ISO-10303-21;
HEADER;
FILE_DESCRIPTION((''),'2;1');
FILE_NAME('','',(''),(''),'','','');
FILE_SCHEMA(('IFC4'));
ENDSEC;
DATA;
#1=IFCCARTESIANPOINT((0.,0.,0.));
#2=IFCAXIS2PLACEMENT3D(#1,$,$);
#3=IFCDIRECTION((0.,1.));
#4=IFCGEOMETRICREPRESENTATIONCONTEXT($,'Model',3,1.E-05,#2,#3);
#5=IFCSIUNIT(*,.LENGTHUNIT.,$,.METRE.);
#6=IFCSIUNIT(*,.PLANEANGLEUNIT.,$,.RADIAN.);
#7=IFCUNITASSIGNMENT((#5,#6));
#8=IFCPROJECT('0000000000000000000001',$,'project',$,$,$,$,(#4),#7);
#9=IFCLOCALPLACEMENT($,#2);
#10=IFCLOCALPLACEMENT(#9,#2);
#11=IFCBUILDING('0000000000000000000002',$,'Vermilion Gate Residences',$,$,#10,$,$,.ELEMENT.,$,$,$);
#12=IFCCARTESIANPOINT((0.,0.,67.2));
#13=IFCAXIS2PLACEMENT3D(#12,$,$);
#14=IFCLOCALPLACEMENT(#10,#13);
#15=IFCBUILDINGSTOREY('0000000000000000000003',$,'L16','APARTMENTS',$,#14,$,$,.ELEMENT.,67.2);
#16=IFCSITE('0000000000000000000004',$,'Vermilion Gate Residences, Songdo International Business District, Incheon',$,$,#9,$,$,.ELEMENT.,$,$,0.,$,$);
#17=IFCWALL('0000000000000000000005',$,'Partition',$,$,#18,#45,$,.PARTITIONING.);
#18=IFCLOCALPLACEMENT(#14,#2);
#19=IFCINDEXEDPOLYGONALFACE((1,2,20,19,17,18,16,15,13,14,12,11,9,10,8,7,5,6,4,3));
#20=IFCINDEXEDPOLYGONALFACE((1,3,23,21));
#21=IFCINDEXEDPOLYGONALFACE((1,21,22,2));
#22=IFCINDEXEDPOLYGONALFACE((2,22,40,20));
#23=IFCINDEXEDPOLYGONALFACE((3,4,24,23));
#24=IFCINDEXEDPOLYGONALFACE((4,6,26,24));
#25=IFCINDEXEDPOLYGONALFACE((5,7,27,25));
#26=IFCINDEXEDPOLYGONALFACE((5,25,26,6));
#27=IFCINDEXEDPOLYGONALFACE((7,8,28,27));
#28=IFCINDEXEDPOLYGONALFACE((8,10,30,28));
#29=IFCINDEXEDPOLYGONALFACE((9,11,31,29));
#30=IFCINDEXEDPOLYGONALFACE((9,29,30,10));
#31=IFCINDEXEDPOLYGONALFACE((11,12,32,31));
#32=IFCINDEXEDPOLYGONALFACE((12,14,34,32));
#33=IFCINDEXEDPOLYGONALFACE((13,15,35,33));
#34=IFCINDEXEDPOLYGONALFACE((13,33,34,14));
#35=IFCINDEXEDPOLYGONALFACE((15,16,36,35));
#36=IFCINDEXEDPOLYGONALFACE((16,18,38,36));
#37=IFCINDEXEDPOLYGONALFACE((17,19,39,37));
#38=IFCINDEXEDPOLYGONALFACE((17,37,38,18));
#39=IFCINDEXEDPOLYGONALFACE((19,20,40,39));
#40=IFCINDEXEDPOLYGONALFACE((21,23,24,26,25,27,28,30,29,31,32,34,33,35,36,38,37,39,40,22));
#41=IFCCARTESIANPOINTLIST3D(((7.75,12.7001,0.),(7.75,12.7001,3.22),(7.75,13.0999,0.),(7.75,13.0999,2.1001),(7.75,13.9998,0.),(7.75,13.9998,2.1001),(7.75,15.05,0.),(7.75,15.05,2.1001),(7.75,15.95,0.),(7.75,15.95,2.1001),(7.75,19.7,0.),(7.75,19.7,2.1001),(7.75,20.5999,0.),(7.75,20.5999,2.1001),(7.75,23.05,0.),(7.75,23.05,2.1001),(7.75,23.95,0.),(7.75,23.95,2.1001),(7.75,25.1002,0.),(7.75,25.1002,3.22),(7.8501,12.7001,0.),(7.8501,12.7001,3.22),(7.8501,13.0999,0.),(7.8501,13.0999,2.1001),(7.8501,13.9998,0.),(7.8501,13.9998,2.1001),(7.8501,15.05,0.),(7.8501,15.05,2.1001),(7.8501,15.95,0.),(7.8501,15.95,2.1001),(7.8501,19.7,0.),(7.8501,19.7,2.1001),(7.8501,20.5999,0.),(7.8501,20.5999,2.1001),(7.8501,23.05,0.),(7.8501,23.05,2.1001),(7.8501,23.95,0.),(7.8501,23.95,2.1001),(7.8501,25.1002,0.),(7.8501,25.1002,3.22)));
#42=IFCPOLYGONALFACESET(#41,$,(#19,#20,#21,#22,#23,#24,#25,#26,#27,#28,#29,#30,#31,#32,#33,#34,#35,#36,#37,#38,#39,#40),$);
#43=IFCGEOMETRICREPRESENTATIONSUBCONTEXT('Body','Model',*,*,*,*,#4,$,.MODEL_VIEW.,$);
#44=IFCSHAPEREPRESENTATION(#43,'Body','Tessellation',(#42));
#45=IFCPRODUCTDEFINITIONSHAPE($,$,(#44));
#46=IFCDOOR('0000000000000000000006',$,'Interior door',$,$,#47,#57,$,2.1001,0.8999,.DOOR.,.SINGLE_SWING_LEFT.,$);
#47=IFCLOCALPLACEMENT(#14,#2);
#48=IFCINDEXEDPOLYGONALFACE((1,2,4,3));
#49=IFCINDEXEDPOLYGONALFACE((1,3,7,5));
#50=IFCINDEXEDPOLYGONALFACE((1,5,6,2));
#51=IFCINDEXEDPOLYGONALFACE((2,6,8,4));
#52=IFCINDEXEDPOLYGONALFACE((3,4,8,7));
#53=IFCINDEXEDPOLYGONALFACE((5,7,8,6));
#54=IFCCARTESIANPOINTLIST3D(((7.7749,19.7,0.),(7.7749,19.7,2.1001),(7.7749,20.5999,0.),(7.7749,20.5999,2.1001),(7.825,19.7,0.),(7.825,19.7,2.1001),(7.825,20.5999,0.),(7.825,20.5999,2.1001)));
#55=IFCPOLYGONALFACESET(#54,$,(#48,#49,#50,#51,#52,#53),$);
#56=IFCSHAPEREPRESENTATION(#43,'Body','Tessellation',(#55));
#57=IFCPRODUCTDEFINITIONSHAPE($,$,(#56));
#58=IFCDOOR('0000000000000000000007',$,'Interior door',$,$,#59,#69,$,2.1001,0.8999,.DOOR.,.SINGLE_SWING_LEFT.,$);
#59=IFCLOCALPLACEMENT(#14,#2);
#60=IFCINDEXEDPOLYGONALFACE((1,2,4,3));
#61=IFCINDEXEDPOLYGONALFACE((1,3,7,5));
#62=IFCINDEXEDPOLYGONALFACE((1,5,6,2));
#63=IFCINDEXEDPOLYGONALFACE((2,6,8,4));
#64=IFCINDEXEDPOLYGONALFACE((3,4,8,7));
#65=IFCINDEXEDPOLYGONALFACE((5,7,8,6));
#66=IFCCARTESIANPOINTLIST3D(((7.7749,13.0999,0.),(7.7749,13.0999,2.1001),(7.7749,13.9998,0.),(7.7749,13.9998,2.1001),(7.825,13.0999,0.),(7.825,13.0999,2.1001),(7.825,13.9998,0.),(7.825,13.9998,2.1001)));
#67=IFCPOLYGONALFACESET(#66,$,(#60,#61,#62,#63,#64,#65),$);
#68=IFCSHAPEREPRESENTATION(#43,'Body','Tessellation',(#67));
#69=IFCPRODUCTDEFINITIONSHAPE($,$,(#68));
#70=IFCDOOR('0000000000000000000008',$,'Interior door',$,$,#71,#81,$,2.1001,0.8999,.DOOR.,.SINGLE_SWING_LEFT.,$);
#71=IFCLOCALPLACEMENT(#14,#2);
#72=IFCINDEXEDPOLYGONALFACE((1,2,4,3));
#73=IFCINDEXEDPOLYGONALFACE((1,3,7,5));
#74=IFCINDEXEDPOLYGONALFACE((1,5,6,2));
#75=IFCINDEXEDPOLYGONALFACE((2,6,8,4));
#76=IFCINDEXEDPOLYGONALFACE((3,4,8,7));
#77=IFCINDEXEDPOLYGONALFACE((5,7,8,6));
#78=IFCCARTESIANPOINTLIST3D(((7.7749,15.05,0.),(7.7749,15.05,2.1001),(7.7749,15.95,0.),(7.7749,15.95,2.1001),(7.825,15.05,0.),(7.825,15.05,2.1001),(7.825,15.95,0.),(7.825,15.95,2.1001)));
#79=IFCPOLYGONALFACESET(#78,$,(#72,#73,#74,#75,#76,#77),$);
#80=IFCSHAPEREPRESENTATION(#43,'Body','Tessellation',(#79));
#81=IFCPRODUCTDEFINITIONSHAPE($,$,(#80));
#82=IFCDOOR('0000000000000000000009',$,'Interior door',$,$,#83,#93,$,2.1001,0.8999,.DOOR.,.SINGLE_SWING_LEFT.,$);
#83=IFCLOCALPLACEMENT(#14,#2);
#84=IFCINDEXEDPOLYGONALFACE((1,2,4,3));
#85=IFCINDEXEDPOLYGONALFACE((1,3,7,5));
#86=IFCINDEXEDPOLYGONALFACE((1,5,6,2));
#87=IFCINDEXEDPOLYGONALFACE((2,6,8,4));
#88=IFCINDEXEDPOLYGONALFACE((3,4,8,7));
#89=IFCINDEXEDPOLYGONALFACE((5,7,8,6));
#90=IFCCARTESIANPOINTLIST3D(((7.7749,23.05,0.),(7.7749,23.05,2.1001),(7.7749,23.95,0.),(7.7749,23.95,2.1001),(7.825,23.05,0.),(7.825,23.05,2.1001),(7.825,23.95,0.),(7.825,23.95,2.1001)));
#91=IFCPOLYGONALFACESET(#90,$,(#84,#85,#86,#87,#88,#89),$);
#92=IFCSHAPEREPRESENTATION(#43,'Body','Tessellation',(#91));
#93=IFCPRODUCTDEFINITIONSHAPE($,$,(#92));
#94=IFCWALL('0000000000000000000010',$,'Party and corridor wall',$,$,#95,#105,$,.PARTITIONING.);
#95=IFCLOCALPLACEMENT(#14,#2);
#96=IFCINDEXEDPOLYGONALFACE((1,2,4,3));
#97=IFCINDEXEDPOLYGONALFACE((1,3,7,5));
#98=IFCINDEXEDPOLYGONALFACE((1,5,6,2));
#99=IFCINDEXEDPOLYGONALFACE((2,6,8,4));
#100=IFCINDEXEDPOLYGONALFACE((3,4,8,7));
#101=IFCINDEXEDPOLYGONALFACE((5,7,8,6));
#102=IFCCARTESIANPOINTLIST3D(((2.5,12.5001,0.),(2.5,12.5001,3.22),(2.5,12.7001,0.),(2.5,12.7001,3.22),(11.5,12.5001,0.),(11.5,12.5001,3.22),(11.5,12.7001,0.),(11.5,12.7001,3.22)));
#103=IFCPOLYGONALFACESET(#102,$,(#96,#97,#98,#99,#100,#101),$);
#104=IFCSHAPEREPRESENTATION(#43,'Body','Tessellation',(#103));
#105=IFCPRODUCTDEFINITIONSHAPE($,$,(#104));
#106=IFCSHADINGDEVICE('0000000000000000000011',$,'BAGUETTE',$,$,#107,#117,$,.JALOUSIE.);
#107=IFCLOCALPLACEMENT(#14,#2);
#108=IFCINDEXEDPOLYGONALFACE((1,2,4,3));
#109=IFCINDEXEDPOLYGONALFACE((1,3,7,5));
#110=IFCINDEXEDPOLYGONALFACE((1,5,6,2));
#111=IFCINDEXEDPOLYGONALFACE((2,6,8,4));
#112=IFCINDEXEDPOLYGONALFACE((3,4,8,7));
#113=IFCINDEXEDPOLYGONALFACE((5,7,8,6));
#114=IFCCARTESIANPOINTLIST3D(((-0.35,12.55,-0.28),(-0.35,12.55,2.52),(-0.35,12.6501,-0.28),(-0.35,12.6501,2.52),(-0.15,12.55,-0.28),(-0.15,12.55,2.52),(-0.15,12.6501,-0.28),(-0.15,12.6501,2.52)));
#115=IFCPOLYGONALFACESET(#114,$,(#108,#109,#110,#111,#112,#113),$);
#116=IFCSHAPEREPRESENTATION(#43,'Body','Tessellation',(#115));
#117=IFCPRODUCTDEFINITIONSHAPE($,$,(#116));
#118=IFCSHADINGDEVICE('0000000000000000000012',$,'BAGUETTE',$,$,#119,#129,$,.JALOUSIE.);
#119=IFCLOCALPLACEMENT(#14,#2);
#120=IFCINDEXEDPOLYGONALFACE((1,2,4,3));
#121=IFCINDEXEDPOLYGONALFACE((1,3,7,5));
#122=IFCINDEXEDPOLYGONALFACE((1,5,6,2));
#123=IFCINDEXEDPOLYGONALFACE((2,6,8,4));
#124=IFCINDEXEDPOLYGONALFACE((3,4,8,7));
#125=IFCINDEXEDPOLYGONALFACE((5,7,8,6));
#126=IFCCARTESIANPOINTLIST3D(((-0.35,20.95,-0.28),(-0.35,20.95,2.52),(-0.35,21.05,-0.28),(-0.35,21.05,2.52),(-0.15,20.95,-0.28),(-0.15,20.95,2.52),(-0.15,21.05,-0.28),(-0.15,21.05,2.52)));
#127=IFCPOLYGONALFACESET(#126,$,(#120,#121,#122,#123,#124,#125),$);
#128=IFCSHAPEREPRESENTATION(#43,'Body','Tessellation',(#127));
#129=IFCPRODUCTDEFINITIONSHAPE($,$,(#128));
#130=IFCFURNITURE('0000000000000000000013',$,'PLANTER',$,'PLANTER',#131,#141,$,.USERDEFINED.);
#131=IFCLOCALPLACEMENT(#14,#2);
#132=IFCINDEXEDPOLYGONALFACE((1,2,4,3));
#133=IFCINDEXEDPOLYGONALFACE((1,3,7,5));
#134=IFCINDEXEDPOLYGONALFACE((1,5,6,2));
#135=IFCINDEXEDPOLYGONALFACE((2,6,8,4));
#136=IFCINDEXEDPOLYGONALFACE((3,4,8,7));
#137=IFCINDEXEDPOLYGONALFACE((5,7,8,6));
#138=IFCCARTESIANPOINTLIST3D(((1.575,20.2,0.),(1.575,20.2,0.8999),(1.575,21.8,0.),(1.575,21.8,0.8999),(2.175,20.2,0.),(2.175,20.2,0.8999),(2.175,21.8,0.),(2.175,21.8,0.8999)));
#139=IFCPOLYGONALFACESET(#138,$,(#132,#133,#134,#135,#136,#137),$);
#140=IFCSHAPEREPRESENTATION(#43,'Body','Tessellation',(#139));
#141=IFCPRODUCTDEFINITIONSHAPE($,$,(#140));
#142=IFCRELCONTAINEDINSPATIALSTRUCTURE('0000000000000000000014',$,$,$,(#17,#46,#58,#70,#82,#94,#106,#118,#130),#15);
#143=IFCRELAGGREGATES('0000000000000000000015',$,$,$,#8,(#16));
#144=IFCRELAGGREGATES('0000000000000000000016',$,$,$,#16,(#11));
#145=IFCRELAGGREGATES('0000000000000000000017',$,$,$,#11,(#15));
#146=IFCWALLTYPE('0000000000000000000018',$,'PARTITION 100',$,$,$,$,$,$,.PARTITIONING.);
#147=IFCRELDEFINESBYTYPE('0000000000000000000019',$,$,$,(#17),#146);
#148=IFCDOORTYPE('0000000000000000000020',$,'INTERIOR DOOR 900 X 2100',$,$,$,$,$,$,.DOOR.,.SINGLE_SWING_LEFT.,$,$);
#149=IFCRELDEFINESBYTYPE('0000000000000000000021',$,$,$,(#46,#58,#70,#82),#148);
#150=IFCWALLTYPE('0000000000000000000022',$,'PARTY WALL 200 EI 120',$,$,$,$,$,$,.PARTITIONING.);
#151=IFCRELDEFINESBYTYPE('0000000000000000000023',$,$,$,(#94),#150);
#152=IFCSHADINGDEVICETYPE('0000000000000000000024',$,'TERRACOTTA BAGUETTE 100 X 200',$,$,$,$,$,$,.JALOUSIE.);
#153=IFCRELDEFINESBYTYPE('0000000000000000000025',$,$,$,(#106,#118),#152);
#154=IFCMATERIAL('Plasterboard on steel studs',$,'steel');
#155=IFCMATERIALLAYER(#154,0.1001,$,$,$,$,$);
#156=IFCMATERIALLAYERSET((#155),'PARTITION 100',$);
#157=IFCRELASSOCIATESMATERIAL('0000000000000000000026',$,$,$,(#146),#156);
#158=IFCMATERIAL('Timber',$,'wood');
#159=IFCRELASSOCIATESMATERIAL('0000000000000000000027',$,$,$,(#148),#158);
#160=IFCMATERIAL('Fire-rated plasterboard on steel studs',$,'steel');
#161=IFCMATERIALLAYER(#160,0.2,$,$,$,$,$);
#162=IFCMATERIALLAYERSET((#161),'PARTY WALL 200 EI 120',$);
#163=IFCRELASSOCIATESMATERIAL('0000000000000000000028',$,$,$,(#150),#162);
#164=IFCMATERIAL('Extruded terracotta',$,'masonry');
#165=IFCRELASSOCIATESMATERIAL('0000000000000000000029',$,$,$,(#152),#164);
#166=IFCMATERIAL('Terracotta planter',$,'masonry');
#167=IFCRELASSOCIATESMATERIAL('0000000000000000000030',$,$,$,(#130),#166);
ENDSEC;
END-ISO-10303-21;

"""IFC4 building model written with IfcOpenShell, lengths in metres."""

from ifc_helpers import new_model, si_unit, direction, frame, frame_2d, origin, origin_2d, place, context, subcontext, project, spatial, rectangle, extrude, material, layer, layer_set, material_profile, profile_set, type_object, element, fill, save


model = new_model("IFC4")

# Units and contexts
model_context = context("Model", 3, precision=1e-05, world=origin(), true_north=direction((0.0, 1.0)))
body_context = subcontext(model_context, "Body", "Model", "MODEL_VIEW")
ifc_project = project(units=[si_unit("LENGTHUNIT", "METRE"), si_unit("PLANEANGLEUNIT", "RADIAN")], contexts=[model_context])

# Site, building, storey
site_placement = place(None, origin())
site = spatial("IfcSite", under=ifc_project, at=site_placement, Name="Vermilion Gate Residences, Songdo International Business District, Incheon", CompositionType="ELEMENT", RefElevation=0.0)
building_placement = place(site_placement, origin())
building = spatial("IfcBuilding", under=site, at=building_placement, Name="Vermilion Gate Residences", CompositionType="ELEMENT")
storey_placement = place(building_placement, frame((0.0, 0.0, 67.2)))
storey = spatial("IfcBuildingStorey", under=building, at=storey_placement, Name="L16", Description="APARTMENTS", CompositionType="ELEMENT", Elevation=67.2)

# Shared definitions
ifc_material_1 = material(Name="Plasterboard on steel studs", Category="steel")
ifc_layer_1 = layer(ifc_material_1, 0.1001)
ifc_layer_set_1 = layer_set([ifc_layer_1], Name="PARTITION 100")
wall_type_1 = type_object("IfcWallType", Name="PARTITION 100", PredefinedType="PARTITIONING", material=ifc_layer_set_1)

# Wall, openings, doors
ifc_material_2 = material(Name="Timber", Category="wood")
door_type = type_object("IfcDoorType", Name="INTERIOR DOOR 900 X 2100", OperationType="SINGLE_SWING_LEFT", PredefinedType="DOOR", material=ifc_material_2)
wall_1_placement = place(storey_placement, frame((7.8, 12.7, 0.0), z_axis=(0.0, 0.0, 1.0), x_axis=(0.0, 1.0, 0.0)))
wall_1 = element("IfcWall", 1, at=wall_1_placement, inside=storey, type_object=wall_type_1, Name="Partition", PredefinedType="PARTITIONING", context=body_context, shape_type="SweptSolid", body=[
    extrude(rectangle(XDim=12.4001, YDim=0.1001, at=frame_2d((6.2002, 0.0))), origin(), (0.0, 0.0, 1.0), 3.22),
])
opening_1_placement = place(wall_1_placement, frame((7.0, 0.0, 0.0)))
opening_1 = element("IfcOpeningElement", 2, at=opening_1_placement, cuts=wall_1, PredefinedType="OPENING", context=body_context, shape_type="SweptSolid", body=[
    extrude(rectangle(XDim=0.8999, YDim=2.1001, at=frame_2d((0.45, 1.05))), frame((0.0, 0.0601, 0.0), z_axis=(0.0, -1.0, 0.0), x_axis=(1.0, 0.0, 0.0)), (0.0, 0.0, 1.0), 0.1201),
])
opening_2_placement = place(wall_1_placement, frame((0.3999, 0.0, 0.0)))
opening_2 = element("IfcOpeningElement", 3, at=opening_2_placement, cuts=wall_1, PredefinedType="OPENING", context=body_context, shape_type="SweptSolid", body=[
    extrude(rectangle(XDim=0.8999, YDim=2.1001, at=frame_2d((0.45, 1.05))), frame((0.0, 0.0601, 0.0), z_axis=(0.0, -1.0, 0.0), x_axis=(1.0, 0.0, 0.0)), (0.0, 0.0, 1.0), 0.1201),
])
opening_3_placement = place(wall_1_placement, frame((2.3501, 0.0, 0.0)))
opening_3 = element("IfcOpeningElement", 4, at=opening_3_placement, cuts=wall_1, PredefinedType="OPENING", context=body_context, shape_type="SweptSolid", body=[
    extrude(rectangle(XDim=0.8999, YDim=2.1001, at=frame_2d((0.45, 1.05))), frame((0.0, 0.0601, 0.0), z_axis=(0.0, -1.0, 0.0), x_axis=(1.0, 0.0, 0.0)), (0.0, 0.0, 1.0), 0.1201),
])
opening_4_placement = place(wall_1_placement, frame((10.3501, 0.0, 0.0)))
opening_4 = element("IfcOpeningElement", 5, at=opening_4_placement, cuts=wall_1, PredefinedType="OPENING", context=body_context, shape_type="SweptSolid", body=[
    extrude(rectangle(XDim=0.8999, YDim=2.1001, at=frame_2d((0.45, 1.05))), frame((0.0, 0.0601, 0.0), z_axis=(0.0, -1.0, 0.0), x_axis=(1.0, 0.0, 0.0)), (0.0, 0.0, 1.0), 0.1201),
])
door_1_placement = place(opening_1_placement, frame((0.8999, 0.0, 0.0), z_axis=(0.0, 0.0, 1.0), x_axis=(-1.0, 0.0, 0.0)))
door_1 = element("IfcDoor", 6, at=door_1_placement, inside=storey, type_object=door_type, Name="Interior door", OperationType="SINGLE_SWING_LEFT", OverallHeight=2.1001, OverallWidth=0.8999, PredefinedType="DOOR", context=body_context, shape_type="SweptSolid", body=[
    extrude(rectangle(XDim=0.8999, YDim=2.1001, at=frame_2d((0.45, 1.05))), frame((0.0, 0.0249, 0.0), z_axis=(0.0, -1.0, 0.0), x_axis=(1.0, 0.0, 0.0)), (0.0, 0.0, 1.0), 0.05),
])
fill(opening_1, door_1)
door_2_placement = place(opening_2_placement, frame((0.8999, 0.0, 0.0), z_axis=(0.0, 0.0, 1.0), x_axis=(-1.0, 0.0, 0.0)))
door_2 = element("IfcDoor", 7, at=door_2_placement, inside=storey, type_object=door_type, Name="Interior door", OperationType="SINGLE_SWING_LEFT", OverallHeight=2.1001, OverallWidth=0.8999, PredefinedType="DOOR", context=body_context, shape_type="SweptSolid", body=[
    extrude(rectangle(XDim=0.8999, YDim=2.1001, at=frame_2d((0.45, 1.05))), frame((0.0, 0.0249, 0.0), z_axis=(0.0, -1.0, 0.0), x_axis=(1.0, 0.0, 0.0)), (0.0, 0.0, 1.0), 0.05),
])
fill(opening_2, door_2)
door_3_placement = place(opening_3_placement, frame((0.8999, 0.0, 0.0), z_axis=(0.0, 0.0, 1.0), x_axis=(-1.0, 0.0, 0.0)))
door_3 = element("IfcDoor", 8, at=door_3_placement, inside=storey, type_object=door_type, Name="Interior door", OperationType="SINGLE_SWING_LEFT", OverallHeight=2.1001, OverallWidth=0.8999, PredefinedType="DOOR", context=body_context, shape_type="SweptSolid", body=[
    extrude(rectangle(XDim=0.8999, YDim=2.1001, at=frame_2d((0.45, 1.05))), frame((0.0, 0.0249, 0.0), z_axis=(0.0, -1.0, 0.0), x_axis=(1.0, 0.0, 0.0)), (0.0, 0.0, 1.0), 0.05),
])
fill(opening_3, door_3)
door_4_placement = place(opening_4_placement, frame((0.8999, 0.0, 0.0), z_axis=(0.0, 0.0, 1.0), x_axis=(-1.0, 0.0, 0.0)))
door_4 = element("IfcDoor", 9, at=door_4_placement, inside=storey, type_object=door_type, Name="Interior door", OperationType="SINGLE_SWING_LEFT", OverallHeight=2.1001, OverallWidth=0.8999, PredefinedType="DOOR", context=body_context, shape_type="SweptSolid", body=[
    extrude(rectangle(XDim=0.8999, YDim=2.1001, at=frame_2d((0.45, 1.05))), frame((0.0, 0.0249, 0.0), z_axis=(0.0, -1.0, 0.0), x_axis=(1.0, 0.0, 0.0)), (0.0, 0.0, 1.0), 0.05),
])
fill(opening_4, door_4)

# Wall
ifc_material_3 = material(Name="Fire-rated plasterboard on steel studs", Category="steel")
ifc_layer_2 = layer(ifc_material_3, 0.2)
ifc_layer_set_2 = layer_set([ifc_layer_2], Name="PARTY WALL 200 EI 120")
wall_type_2 = type_object("IfcWallType", Name="PARTY WALL 200 EI 120", PredefinedType="PARTITIONING", material=ifc_layer_set_2)
wall_2_placement = place(storey_placement, frame((2.5, 12.6001, 0.0), z_axis=(0.0, 0.0, 1.0), x_axis=(1.0, 0.0, 0.0)))
element("IfcWall", 10, at=wall_2_placement, inside=storey, type_object=wall_type_2, Name="Party and corridor wall", PredefinedType="PARTITIONING", context=body_context, shape_type="SweptSolid", body=[
    extrude(rectangle(XDim=9.0, YDim=0.2, at=frame_2d((4.5, 0.0))), origin(), (0.0, 0.0, 1.0), 3.22),
])

# Shading devices
ifc_material_4 = material(Name="Extruded terracotta", Category="masonry")
ifc_material_profile_1 = material_profile(ifc_material_4, rectangle(XDim=0.2, YDim=0.1001, at=origin_2d()), Name="BAGUETTE 100 X 200")
ifc_profile_set_1 = profile_set([ifc_material_profile_1], Name="Extruded terracotta")
shading_device_type = type_object("IfcShadingDeviceType", Name="TERRACOTTA BAGUETTE 100 X 200", PredefinedType="JALOUSIE", material=ifc_profile_set_1)
for number, where, z_axis, x_axis, name in (
    (11, (-0.25, 12.6001, -0.28), (0.0, 0.0, 1.0), (1.0, 0.0, 0.0), "BAGUETTE"),
    (12, (-0.25, 21.0, -0.28), (0.0, 0.0, 1.0), (1.0, 0.0, 0.0), "BAGUETTE"),
):
    element("IfcShadingDevice", number, at=place(storey_placement, frame(where, z_axis=z_axis, x_axis=x_axis)), inside=storey, type_object=shading_device_type, Name=name, PredefinedType="JALOUSIE", context=body_context, shape_type="SweptSolid", body=[
        extrude(rectangle(XDim=0.2, YDim=0.1001, at=origin_2d()), origin(), (0.0, 0.0, 1.0), 2.8),
    ])

# Furniture
ifc_material_5 = material(Name="Terracotta planter", Category="masonry")
furniture_placement = place(storey_placement, frame((1.875, 21.0, 0.0), z_axis=(0.0, 0.0, 1.0), x_axis=(0.0, -1.0, 0.0)))
element("IfcFurniture", 13, at=furniture_placement, inside=storey, material=ifc_material_5, Name="PLANTER", ObjectType="PLANTER", PredefinedType="USERDEFINED", context=body_context, shape_type="SweptSolid", body=[
    extrude(rectangle(XDim=1.6001, YDim=0.6001, at=origin_2d()), origin(), (0.0, 0.0, 1.0), 0.8999),
])

save(model, "model.ifc")
